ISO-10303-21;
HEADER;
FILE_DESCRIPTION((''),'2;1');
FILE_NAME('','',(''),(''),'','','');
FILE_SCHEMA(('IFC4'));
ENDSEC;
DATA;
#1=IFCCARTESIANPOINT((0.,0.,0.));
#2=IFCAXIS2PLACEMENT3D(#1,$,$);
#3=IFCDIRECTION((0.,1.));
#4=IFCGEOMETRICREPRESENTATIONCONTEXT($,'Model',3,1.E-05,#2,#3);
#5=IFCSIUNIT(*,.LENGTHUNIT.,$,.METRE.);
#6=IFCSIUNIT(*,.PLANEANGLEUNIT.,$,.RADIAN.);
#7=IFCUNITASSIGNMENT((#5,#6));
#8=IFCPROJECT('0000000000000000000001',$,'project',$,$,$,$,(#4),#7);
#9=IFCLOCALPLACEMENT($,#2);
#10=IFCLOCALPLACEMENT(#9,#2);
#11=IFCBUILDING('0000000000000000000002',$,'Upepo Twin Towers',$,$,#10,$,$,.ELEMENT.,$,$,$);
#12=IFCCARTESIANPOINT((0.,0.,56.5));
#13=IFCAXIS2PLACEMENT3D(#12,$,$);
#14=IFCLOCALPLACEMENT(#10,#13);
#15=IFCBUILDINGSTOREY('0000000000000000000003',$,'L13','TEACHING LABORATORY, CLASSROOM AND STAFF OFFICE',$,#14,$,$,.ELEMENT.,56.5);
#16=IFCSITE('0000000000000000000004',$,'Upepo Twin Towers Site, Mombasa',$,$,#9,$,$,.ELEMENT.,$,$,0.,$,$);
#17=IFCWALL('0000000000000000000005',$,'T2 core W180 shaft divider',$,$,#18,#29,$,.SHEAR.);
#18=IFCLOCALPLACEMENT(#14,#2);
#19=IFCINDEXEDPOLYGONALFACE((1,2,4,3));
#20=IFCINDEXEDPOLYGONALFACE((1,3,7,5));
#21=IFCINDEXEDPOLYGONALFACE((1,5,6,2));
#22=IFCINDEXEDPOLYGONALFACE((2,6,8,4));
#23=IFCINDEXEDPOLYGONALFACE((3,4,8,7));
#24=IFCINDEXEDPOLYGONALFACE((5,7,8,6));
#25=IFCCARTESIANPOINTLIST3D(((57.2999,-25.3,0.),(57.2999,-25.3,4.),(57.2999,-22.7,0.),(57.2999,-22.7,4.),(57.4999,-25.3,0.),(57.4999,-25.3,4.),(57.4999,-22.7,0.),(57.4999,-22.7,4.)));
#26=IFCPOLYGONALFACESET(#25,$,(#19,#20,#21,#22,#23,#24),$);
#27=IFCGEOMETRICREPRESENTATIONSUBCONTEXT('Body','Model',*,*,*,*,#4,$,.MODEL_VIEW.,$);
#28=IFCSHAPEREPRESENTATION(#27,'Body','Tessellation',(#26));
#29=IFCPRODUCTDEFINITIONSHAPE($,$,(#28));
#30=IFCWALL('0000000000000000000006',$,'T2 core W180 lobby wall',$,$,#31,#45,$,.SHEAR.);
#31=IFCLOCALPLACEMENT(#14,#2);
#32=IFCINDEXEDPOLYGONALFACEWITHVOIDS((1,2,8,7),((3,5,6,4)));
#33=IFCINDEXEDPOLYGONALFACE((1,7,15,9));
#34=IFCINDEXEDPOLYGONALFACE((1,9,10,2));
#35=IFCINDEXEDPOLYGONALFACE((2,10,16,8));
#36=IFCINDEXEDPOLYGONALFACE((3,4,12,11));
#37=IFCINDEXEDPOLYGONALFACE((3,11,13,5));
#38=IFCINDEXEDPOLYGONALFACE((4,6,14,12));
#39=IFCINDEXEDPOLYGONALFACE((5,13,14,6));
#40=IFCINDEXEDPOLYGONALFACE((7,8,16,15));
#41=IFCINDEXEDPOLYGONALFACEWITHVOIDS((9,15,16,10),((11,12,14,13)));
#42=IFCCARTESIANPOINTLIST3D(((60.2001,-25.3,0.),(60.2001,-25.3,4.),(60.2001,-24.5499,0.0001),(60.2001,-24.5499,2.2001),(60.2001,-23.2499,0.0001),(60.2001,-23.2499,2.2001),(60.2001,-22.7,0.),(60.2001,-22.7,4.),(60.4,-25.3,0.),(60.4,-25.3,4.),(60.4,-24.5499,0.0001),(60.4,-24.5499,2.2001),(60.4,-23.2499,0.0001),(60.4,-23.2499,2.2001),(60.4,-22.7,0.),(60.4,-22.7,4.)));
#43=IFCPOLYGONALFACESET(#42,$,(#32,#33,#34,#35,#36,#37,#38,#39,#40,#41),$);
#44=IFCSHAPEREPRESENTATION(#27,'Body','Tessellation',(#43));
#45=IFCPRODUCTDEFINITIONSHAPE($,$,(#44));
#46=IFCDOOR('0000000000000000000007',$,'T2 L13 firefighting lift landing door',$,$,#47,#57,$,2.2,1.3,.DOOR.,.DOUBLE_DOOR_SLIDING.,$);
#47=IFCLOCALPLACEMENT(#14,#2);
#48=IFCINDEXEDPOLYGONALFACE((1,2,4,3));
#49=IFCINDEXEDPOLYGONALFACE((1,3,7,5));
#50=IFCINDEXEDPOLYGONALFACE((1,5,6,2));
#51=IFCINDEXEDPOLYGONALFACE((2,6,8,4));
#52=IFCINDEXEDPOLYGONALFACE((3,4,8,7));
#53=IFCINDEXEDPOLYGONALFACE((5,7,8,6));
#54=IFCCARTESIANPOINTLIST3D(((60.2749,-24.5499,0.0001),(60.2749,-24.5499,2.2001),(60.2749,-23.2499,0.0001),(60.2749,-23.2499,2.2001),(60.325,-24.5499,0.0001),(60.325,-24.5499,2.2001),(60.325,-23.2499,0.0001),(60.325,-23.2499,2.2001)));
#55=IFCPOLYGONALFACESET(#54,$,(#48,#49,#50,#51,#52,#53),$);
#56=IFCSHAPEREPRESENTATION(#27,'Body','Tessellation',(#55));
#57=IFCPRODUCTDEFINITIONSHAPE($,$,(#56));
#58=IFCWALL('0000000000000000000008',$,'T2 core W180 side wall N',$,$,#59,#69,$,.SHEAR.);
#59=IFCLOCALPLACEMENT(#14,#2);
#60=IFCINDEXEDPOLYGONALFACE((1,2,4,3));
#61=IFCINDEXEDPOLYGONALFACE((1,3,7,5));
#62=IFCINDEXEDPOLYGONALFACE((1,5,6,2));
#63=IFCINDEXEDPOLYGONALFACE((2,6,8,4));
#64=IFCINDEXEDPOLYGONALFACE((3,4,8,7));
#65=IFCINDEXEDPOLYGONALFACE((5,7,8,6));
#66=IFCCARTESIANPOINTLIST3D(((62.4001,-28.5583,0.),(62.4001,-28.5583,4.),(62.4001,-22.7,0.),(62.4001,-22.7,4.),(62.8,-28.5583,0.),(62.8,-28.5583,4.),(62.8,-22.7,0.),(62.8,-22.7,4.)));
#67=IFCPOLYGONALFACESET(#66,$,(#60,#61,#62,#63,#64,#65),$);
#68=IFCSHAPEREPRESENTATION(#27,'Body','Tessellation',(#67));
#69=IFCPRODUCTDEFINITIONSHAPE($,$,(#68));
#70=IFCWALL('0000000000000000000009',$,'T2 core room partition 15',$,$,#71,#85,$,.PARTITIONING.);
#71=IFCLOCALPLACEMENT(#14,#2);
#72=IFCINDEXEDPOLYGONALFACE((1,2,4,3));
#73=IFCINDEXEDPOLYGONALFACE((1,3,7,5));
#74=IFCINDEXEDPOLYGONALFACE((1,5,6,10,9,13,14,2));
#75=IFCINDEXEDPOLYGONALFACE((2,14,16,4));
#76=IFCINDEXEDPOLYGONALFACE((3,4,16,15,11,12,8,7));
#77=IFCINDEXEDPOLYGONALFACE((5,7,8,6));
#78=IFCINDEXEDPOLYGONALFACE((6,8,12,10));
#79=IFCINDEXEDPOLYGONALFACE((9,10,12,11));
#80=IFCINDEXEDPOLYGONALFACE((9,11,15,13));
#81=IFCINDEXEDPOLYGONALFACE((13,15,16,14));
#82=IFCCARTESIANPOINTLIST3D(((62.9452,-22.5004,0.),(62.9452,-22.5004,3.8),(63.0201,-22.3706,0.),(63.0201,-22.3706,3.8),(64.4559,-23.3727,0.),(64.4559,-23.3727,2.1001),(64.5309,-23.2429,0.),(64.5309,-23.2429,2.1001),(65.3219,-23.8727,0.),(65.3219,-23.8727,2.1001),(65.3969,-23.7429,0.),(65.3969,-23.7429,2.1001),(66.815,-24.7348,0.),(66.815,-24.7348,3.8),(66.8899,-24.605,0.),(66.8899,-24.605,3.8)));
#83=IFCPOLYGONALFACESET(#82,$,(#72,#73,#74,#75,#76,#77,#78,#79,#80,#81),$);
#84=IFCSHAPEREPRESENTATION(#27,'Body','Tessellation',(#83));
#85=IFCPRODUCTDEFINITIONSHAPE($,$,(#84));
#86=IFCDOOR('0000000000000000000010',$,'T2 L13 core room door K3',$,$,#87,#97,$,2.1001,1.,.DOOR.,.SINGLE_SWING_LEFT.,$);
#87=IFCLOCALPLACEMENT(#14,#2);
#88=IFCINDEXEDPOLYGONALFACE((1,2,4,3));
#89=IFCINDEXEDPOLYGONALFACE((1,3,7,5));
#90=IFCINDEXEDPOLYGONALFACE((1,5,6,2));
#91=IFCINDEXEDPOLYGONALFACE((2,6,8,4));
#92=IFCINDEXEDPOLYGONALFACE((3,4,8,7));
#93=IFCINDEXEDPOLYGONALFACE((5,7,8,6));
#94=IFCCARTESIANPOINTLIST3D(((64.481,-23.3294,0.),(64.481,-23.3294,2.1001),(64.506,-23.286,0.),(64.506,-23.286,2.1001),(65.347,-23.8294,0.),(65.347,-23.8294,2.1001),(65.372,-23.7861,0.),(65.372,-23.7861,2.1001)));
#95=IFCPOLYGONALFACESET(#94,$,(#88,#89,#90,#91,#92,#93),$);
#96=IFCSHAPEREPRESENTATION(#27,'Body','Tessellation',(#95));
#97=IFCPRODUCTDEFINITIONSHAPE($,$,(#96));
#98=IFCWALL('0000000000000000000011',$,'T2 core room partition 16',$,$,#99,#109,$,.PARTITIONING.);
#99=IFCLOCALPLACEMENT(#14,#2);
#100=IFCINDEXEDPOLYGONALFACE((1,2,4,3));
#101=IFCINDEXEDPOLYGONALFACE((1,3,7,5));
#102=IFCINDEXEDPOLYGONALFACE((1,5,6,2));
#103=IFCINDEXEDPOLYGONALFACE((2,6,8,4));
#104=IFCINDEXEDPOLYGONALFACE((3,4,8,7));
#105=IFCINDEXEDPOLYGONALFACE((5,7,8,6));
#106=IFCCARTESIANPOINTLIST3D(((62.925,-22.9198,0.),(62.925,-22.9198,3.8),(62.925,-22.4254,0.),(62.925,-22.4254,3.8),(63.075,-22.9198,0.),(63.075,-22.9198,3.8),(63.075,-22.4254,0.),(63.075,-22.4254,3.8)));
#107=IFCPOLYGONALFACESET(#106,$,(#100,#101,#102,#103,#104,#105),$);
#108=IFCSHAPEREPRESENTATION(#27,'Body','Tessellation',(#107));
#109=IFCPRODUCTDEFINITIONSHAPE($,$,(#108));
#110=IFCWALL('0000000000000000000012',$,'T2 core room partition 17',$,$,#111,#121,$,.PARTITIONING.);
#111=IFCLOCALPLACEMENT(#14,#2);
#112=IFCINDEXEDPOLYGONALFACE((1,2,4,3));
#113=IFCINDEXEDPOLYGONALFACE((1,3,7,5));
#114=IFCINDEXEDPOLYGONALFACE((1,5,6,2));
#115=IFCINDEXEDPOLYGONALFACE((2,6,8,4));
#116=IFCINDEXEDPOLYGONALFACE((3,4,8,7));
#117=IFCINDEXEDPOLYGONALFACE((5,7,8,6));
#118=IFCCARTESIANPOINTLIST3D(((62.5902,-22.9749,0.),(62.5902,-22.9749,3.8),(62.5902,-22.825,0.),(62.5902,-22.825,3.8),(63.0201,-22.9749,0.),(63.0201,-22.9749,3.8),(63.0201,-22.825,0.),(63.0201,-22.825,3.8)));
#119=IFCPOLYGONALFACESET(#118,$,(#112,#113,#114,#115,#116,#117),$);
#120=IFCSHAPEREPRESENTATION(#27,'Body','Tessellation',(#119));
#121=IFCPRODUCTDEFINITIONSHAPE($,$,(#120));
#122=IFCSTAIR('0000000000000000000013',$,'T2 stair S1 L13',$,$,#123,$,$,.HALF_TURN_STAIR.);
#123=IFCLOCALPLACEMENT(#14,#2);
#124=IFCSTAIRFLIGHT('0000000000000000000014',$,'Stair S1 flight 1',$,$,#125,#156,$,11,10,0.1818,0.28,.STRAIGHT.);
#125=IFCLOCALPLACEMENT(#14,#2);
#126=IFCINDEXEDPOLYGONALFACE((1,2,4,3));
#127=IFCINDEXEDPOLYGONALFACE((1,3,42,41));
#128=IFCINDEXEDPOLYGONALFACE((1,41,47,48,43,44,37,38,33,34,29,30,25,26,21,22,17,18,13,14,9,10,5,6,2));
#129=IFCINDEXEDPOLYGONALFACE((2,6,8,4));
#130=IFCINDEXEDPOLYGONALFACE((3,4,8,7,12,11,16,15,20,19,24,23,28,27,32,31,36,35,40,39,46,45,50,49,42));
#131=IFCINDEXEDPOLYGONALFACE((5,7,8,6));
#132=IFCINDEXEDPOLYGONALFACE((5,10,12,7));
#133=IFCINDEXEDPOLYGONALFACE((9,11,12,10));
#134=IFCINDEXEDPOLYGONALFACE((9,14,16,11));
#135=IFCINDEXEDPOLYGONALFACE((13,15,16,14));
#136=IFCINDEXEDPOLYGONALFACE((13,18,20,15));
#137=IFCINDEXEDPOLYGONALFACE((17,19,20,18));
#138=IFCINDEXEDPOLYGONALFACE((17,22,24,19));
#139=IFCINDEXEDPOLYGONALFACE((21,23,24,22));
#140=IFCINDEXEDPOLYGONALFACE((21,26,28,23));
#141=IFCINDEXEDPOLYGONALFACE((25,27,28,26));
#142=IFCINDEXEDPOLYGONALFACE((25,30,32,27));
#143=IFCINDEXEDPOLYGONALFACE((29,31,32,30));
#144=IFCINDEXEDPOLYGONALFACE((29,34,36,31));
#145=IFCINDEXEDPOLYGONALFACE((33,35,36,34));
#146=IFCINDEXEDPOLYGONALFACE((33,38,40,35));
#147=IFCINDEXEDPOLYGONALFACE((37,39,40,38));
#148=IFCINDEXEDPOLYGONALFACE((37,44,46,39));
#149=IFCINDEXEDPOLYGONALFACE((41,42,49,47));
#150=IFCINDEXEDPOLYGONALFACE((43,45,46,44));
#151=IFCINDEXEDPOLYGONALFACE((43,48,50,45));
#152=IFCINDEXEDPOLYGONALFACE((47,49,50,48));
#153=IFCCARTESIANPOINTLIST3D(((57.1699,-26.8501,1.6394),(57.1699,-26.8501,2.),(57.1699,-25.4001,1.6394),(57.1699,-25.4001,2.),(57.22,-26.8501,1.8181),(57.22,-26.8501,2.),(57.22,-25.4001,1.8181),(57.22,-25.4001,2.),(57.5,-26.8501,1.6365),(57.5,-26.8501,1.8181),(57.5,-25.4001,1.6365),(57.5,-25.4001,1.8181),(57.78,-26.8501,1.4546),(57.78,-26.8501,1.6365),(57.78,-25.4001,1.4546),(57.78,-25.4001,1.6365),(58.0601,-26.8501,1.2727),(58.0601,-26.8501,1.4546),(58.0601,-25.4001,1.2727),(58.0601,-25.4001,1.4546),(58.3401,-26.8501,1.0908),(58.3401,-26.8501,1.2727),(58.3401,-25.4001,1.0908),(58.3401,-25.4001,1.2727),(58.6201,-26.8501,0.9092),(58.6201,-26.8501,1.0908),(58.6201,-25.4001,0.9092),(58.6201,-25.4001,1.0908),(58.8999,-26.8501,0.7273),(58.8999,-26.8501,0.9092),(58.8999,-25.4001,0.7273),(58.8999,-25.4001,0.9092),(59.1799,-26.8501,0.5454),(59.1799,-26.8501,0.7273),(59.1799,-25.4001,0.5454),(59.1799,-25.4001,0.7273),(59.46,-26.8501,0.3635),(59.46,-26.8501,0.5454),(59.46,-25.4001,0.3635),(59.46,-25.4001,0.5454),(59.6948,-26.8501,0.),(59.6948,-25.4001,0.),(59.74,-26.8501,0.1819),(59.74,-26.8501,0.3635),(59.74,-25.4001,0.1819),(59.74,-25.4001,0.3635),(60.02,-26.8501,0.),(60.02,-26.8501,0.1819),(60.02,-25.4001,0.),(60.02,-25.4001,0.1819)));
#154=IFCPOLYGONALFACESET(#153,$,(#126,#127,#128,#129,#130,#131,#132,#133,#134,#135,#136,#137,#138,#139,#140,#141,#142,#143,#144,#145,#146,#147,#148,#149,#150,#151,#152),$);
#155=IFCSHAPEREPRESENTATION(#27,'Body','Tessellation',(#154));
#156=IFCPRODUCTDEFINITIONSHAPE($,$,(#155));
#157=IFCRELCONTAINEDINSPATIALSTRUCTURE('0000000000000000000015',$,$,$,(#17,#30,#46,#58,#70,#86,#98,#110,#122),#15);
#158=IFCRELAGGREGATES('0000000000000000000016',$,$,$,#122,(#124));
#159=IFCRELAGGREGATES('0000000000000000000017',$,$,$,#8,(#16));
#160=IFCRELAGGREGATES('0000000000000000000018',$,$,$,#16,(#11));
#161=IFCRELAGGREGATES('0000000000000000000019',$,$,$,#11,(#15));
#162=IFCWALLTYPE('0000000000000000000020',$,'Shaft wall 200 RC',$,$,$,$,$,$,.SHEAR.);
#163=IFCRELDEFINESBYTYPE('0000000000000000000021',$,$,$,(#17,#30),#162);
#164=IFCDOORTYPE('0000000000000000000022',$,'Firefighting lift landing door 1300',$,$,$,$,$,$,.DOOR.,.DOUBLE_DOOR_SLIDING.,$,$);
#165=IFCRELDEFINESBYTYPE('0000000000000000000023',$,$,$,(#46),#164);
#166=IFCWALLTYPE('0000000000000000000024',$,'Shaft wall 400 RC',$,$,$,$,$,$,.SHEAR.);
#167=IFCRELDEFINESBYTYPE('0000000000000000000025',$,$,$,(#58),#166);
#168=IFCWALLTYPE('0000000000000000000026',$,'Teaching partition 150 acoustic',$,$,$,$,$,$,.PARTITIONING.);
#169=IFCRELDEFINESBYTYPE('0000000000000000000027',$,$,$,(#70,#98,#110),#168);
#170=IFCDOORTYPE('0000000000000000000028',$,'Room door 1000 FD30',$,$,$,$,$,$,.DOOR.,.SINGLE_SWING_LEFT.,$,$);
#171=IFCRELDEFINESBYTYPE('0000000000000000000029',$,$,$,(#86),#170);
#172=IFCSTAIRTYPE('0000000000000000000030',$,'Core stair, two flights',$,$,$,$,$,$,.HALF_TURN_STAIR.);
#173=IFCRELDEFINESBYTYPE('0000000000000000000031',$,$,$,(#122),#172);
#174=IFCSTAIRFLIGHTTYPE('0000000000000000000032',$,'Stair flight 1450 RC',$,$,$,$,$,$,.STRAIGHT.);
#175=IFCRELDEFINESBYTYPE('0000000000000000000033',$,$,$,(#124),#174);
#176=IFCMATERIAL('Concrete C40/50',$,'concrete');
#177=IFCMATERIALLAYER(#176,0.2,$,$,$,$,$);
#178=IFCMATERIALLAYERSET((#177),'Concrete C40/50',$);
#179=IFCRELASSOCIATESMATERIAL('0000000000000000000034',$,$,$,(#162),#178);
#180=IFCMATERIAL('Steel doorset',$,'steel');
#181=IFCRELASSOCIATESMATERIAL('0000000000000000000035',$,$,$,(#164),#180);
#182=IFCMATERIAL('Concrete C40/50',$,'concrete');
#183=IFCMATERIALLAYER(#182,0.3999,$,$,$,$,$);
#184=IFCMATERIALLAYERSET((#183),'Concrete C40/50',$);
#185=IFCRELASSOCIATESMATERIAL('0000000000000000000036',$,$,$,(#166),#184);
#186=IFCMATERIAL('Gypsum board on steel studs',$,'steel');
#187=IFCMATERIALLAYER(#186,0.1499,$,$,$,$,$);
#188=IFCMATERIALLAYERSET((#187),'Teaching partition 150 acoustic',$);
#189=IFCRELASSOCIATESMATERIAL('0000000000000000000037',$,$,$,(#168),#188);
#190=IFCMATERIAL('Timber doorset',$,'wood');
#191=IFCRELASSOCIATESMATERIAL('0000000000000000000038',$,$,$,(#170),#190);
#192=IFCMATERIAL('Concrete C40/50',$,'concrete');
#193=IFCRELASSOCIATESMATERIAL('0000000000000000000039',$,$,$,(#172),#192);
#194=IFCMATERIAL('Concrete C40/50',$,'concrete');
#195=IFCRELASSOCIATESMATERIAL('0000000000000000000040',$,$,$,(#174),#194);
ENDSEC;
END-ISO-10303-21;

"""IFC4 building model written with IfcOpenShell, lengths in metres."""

from ifc_helpers import new_model, si_unit, direction, frame, frame_2d, origin, place, context, subcontext, project, spatial, polyline, rectangle, outline, extrude, material, layer, layer_set, type_object, element, fill, aggregate, save


model = new_model("IFC4")

# Units and contexts
model_context = context("Model", 3, precision=1e-05, world=origin(), true_north=direction((0.0, 1.0)))
body_context = subcontext(model_context, "Body", "Model", "MODEL_VIEW")
ifc_project = project(units=[si_unit("LENGTHUNIT", "METRE"), si_unit("PLANEANGLEUNIT", "RADIAN")], contexts=[model_context])

# Site, building, storey
site_placement = place(None, origin())
site = spatial("IfcSite", under=ifc_project, at=site_placement, Name="Upepo Twin Towers Site, Mombasa", CompositionType="ELEMENT", RefElevation=0.0)
building_placement = place(site_placement, origin())
building = spatial("IfcBuilding", under=site, at=building_placement, Name="Upepo Twin Towers", CompositionType="ELEMENT")
storey_placement = place(building_placement, frame((0.0, 0.0, 56.5)))
storey = spatial("IfcBuildingStorey", under=building, at=storey_placement, Name="L13", Description="TEACHING LABORATORY, CLASSROOM AND STAFF OFFICE", CompositionType="ELEMENT", Elevation=56.5)

# Wall
ifc_material_1 = material(Name="Concrete C40/50", Category="concrete")
ifc_layer_1 = layer(ifc_material_1, 0.2)
ifc_layer_set_1 = layer_set([ifc_layer_1], Name="Concrete C40/50")
wall_type_1 = type_object("IfcWallType", Name="Shaft wall 200 RC", PredefinedType="SHEAR", material=ifc_layer_set_1)
wall_1_placement = place(storey_placement, frame((57.3999, -22.7, 0.0), z_axis=(0.0, 0.0, 1.0), x_axis=(0.0, -1.0, 0.0)))
element("IfcWall", 1, at=wall_1_placement, inside=storey, type_object=wall_type_1, Name="T2 core W180 shaft divider", PredefinedType="SHEAR", context=body_context, shape_type="SweptSolid", body=[
    extrude(rectangle(XDim=2.6001, YDim=0.2, at=frame_2d((1.3, 0.0))), origin(), (0.0, 0.0, 1.0), 4.0),
])

# Wall, opening, door
wall_2_placement = place(storey_placement, frame((60.3, -22.7, 0.0), z_axis=(0.0, 0.0, 1.0), x_axis=(0.0, -1.0, 0.0)))
wall_2 = element("IfcWall", 2, at=wall_2_placement, inside=storey, type_object=wall_type_1, Name="T2 core W180 lobby wall", PredefinedType="SHEAR", context=body_context, shape_type="SweptSolid", body=[
    extrude(rectangle(XDim=2.6001, YDim=0.2, at=frame_2d((1.3, 0.0))), origin(), (0.0, 0.0, 1.0), 4.0),
])
opening_1_placement = place(wall_2_placement, frame((0.55, 0.0, 0.0)))
opening_1 = element("IfcOpeningElement", 3, at=opening_1_placement, cuts=wall_2, PredefinedType="OPENING", context=body_context, shape_type="SweptSolid", body=[
    extrude(rectangle(XDim=1.3, YDim=2.2, at=frame_2d((0.6499, 1.1001))), frame((0.0, 0.1099, 0.0), z_axis=(0.0, -1.0, 0.0), x_axis=(1.0, 0.0, 0.0)), (0.0, 0.0, 1.0), 0.22),
])
ifc_material_2 = material(Name="Steel doorset", Category="steel")
door_type_1 = type_object("IfcDoorType", Name="Firefighting lift landing door 1300", OperationType="DOUBLE_DOOR_SLIDING", PredefinedType="DOOR", material=ifc_material_2)
door_1_placement = place(opening_1_placement, origin())
door_1 = element("IfcDoor", 4, at=door_1_placement, inside=storey, type_object=door_type_1, Name="T2 L13 firefighting lift landing door", OperationType="DOUBLE_DOOR_SLIDING", OverallHeight=2.2, OverallWidth=1.3, PredefinedType="DOOR", context=body_context, shape_type="SweptSolid", body=[
    extrude(rectangle(XDim=1.3, YDim=2.2, at=frame_2d((0.6499, 1.1001))), frame((0.0, 0.0249, 0.0), z_axis=(0.0, -1.0, 0.0), x_axis=(1.0, 0.0, 0.0)), (0.0, 0.0, 1.0), 0.05),
])
fill(opening_1, door_1)

# Wall
ifc_material_3 = material(Name="Concrete C40/50", Category="concrete")
ifc_layer_2 = layer(ifc_material_3, 0.3999)
ifc_layer_set_2 = layer_set([ifc_layer_2], Name="Concrete C40/50")
wall_type_2 = type_object("IfcWallType", Name="Shaft wall 400 RC", PredefinedType="SHEAR", material=ifc_layer_set_2)
wall_3_placement = place(storey_placement, frame((62.6001, -22.7, 0.0), z_axis=(0.0, 0.0, 1.0), x_axis=(0.0, -1.0, 0.0)))
element("IfcWall", 5, at=wall_3_placement, inside=storey, type_object=wall_type_2, Name="T2 core W180 side wall N", PredefinedType="SHEAR", context=body_context, shape_type="SweptSolid", body=[
    extrude(rectangle(XDim=5.8584, YDim=0.3999, at=frame_2d((2.9292, 0.0))), origin(), (0.0, 0.0, 1.0), 4.0),
])

# Wall, opening, door
ifc_material_4 = material(Name="Gypsum board on steel studs", Category="steel")
ifc_layer_3 = layer(ifc_material_4, 0.1499)
ifc_layer_set_3 = layer_set([ifc_layer_3], Name="Teaching partition 150 acoustic")
wall_type_3 = type_object("IfcWallType", Name="Teaching partition 150 acoustic", PredefinedType="PARTITIONING", material=ifc_layer_set_3)
wall_4_placement = place(storey_placement, frame((66.8525, -24.6699, 0.0), z_axis=(0.0, 0.0, 1.0), x_axis=(-0.866015, 0.500017, 0.0)))
wall_4 = element("IfcWall", 6, at=wall_4_placement, inside=storey, type_object=wall_type_3, Name="T2 core room partition 15", PredefinedType="PARTITIONING", context=body_context, shape_type="SweptSolid", body=[
    extrude(rectangle(XDim=4.4685, YDim=0.1499, at=frame_2d((2.2344, 0.0))), origin(), (0.0, 0.0, 1.0), 3.8),
])
opening_2_placement = place(wall_4_placement, frame((1.7241, 0.0, 0.0)))
opening_2 = element("IfcOpeningElement", 7, at=opening_2_placement, cuts=wall_4, PredefinedType="OPENING", context=body_context, shape_type="SweptSolid", body=[
    extrude(rectangle(XDim=1.0, YDim=2.1001, at=frame_2d((0.5, 1.05))), frame((0.0, 0.085, 0.0), z_axis=(0.0, -1.0, 0.0), x_axis=(1.0, 0.0, 0.0)), (0.0, 0.0, 1.0), 0.1699),
])
ifc_material_5 = material(Name="Timber doorset", Category="wood")
door_type_2 = type_object("IfcDoorType", Name="Room door 1000 FD30", OperationType="SINGLE_SWING_LEFT", PredefinedType="DOOR", material=ifc_material_5)
door_2_placement = place(opening_2_placement, origin())
door_2 = element("IfcDoor", 8, at=door_2_placement, inside=storey, type_object=door_type_2, Name="T2 L13 core room door K3", OperationType="SINGLE_SWING_LEFT", OverallHeight=2.1001, OverallWidth=1.0, PredefinedType="DOOR", context=body_context, shape_type="SweptSolid", body=[
    extrude(rectangle(XDim=1.0, YDim=2.1001, at=frame_2d((0.5, 1.05))), frame((0.0, 0.0249, 0.0), z_axis=(0.0, -1.0, 0.0), x_axis=(1.0, 0.0, 0.0)), (0.0, 0.0, 1.0), 0.05),
])
fill(opening_2, door_2)

# Walls
wall_5_placement = place(storey_placement, frame((63.0, -22.4255, 0.0), z_axis=(0.0, 0.0, 1.0), x_axis=(0.0, -1.0, 0.0)))
element("IfcWall", 9, at=wall_5_placement, inside=storey, type_object=wall_type_3, Name="T2 core room partition 16", PredefinedType="PARTITIONING", context=body_context, shape_type="SweptSolid", body=[
    extrude(rectangle(XDim=0.4944, YDim=0.1499, at=frame_2d((0.2471, 0.0))), origin(), (0.0, 0.0, 1.0), 3.8),
])
wall_6_placement = place(storey_placement, frame((63.02, -22.8999, 0.0), z_axis=(0.0, 0.0, 1.0), x_axis=(-1.0, 0.0, 0.0)))
element("IfcWall", 10, at=wall_6_placement, inside=storey, type_object=wall_type_3, Name="T2 core room partition 17", PredefinedType="PARTITIONING", context=body_context, shape_type="SweptSolid", body=[
    extrude(rectangle(XDim=0.4299, YDim=0.1499, at=frame_2d((0.2148, 0.0))), origin(), (0.0, 0.0, 1.0), 3.8),
])

# Stair, stair flight
ifc_material_6 = material(Name="Concrete C40/50", Category="concrete")
stair_type = type_object("IfcStairType", Name="Core stair, two flights", PredefinedType="HALF_TURN_STAIR", material=ifc_material_6)
stair_placement = place(storey_placement, origin())
stair = element("IfcStair", 11, at=stair_placement, inside=storey, type_object=stair_type, Name="T2 stair S1 L13", PredefinedType="HALF_TURN_STAIR")
ifc_material_7 = material(Name="Concrete C40/50", Category="concrete")
stair_flight_type = type_object("IfcStairFlightType", Name="Stair flight 1450 RC", PredefinedType="STRAIGHT", material=ifc_material_7)
stair_flight_1_placement = place(storey_placement, frame((60.02, -26.125, 0.0), z_axis=(0.0, 0.0, 1.0), x_axis=(-1.0, 0.0, 0.0)))
stair_flight_1 = element("IfcStairFlight", 12, at=stair_flight_1_placement, type_object=stair_flight_type, Name="Stair S1 flight 1", NumberOfRisers=11, NumberOfTreads=10, PredefinedType="STRAIGHT", RiserHeight=0.1818, TreadLength=0.28, context=body_context, shape_type="SweptSolid", body=[
    extrude(outline(polyline([(0.0, 0.0), (0.0, 0.1819), (0.28, 0.1819), (0.28, 0.3635), (0.5601, 0.3635), (0.5601, 0.5454), (0.8401, 0.5454), (0.8401, 0.7273), (1.1201, 0.7273), (1.1201, 0.9092), (1.3999, 0.9092), (1.3999, 1.0908), (1.6799, 1.0908), (1.6799, 1.2727), (1.96, 1.2727), (1.96, 1.4546), (2.24, 1.4546), (2.24, 1.6365), (2.52, 1.6365), (2.52, 1.8181), (2.8, 1.8181), (2.8, 2.0), (2.8501, 2.0), (2.8501, 1.6394), (0.3252, 0.0), (0.0, 0.0)])), frame((0.0, 0.7251, 0.0), z_axis=(0.0, -1.0, 0.0), x_axis=(1.0, 0.0, 0.0)), (0.0, 0.0, 1.0), 1.45),
])
aggregate(stair, [stair_flight_1])

save(model, "model.ifc")
